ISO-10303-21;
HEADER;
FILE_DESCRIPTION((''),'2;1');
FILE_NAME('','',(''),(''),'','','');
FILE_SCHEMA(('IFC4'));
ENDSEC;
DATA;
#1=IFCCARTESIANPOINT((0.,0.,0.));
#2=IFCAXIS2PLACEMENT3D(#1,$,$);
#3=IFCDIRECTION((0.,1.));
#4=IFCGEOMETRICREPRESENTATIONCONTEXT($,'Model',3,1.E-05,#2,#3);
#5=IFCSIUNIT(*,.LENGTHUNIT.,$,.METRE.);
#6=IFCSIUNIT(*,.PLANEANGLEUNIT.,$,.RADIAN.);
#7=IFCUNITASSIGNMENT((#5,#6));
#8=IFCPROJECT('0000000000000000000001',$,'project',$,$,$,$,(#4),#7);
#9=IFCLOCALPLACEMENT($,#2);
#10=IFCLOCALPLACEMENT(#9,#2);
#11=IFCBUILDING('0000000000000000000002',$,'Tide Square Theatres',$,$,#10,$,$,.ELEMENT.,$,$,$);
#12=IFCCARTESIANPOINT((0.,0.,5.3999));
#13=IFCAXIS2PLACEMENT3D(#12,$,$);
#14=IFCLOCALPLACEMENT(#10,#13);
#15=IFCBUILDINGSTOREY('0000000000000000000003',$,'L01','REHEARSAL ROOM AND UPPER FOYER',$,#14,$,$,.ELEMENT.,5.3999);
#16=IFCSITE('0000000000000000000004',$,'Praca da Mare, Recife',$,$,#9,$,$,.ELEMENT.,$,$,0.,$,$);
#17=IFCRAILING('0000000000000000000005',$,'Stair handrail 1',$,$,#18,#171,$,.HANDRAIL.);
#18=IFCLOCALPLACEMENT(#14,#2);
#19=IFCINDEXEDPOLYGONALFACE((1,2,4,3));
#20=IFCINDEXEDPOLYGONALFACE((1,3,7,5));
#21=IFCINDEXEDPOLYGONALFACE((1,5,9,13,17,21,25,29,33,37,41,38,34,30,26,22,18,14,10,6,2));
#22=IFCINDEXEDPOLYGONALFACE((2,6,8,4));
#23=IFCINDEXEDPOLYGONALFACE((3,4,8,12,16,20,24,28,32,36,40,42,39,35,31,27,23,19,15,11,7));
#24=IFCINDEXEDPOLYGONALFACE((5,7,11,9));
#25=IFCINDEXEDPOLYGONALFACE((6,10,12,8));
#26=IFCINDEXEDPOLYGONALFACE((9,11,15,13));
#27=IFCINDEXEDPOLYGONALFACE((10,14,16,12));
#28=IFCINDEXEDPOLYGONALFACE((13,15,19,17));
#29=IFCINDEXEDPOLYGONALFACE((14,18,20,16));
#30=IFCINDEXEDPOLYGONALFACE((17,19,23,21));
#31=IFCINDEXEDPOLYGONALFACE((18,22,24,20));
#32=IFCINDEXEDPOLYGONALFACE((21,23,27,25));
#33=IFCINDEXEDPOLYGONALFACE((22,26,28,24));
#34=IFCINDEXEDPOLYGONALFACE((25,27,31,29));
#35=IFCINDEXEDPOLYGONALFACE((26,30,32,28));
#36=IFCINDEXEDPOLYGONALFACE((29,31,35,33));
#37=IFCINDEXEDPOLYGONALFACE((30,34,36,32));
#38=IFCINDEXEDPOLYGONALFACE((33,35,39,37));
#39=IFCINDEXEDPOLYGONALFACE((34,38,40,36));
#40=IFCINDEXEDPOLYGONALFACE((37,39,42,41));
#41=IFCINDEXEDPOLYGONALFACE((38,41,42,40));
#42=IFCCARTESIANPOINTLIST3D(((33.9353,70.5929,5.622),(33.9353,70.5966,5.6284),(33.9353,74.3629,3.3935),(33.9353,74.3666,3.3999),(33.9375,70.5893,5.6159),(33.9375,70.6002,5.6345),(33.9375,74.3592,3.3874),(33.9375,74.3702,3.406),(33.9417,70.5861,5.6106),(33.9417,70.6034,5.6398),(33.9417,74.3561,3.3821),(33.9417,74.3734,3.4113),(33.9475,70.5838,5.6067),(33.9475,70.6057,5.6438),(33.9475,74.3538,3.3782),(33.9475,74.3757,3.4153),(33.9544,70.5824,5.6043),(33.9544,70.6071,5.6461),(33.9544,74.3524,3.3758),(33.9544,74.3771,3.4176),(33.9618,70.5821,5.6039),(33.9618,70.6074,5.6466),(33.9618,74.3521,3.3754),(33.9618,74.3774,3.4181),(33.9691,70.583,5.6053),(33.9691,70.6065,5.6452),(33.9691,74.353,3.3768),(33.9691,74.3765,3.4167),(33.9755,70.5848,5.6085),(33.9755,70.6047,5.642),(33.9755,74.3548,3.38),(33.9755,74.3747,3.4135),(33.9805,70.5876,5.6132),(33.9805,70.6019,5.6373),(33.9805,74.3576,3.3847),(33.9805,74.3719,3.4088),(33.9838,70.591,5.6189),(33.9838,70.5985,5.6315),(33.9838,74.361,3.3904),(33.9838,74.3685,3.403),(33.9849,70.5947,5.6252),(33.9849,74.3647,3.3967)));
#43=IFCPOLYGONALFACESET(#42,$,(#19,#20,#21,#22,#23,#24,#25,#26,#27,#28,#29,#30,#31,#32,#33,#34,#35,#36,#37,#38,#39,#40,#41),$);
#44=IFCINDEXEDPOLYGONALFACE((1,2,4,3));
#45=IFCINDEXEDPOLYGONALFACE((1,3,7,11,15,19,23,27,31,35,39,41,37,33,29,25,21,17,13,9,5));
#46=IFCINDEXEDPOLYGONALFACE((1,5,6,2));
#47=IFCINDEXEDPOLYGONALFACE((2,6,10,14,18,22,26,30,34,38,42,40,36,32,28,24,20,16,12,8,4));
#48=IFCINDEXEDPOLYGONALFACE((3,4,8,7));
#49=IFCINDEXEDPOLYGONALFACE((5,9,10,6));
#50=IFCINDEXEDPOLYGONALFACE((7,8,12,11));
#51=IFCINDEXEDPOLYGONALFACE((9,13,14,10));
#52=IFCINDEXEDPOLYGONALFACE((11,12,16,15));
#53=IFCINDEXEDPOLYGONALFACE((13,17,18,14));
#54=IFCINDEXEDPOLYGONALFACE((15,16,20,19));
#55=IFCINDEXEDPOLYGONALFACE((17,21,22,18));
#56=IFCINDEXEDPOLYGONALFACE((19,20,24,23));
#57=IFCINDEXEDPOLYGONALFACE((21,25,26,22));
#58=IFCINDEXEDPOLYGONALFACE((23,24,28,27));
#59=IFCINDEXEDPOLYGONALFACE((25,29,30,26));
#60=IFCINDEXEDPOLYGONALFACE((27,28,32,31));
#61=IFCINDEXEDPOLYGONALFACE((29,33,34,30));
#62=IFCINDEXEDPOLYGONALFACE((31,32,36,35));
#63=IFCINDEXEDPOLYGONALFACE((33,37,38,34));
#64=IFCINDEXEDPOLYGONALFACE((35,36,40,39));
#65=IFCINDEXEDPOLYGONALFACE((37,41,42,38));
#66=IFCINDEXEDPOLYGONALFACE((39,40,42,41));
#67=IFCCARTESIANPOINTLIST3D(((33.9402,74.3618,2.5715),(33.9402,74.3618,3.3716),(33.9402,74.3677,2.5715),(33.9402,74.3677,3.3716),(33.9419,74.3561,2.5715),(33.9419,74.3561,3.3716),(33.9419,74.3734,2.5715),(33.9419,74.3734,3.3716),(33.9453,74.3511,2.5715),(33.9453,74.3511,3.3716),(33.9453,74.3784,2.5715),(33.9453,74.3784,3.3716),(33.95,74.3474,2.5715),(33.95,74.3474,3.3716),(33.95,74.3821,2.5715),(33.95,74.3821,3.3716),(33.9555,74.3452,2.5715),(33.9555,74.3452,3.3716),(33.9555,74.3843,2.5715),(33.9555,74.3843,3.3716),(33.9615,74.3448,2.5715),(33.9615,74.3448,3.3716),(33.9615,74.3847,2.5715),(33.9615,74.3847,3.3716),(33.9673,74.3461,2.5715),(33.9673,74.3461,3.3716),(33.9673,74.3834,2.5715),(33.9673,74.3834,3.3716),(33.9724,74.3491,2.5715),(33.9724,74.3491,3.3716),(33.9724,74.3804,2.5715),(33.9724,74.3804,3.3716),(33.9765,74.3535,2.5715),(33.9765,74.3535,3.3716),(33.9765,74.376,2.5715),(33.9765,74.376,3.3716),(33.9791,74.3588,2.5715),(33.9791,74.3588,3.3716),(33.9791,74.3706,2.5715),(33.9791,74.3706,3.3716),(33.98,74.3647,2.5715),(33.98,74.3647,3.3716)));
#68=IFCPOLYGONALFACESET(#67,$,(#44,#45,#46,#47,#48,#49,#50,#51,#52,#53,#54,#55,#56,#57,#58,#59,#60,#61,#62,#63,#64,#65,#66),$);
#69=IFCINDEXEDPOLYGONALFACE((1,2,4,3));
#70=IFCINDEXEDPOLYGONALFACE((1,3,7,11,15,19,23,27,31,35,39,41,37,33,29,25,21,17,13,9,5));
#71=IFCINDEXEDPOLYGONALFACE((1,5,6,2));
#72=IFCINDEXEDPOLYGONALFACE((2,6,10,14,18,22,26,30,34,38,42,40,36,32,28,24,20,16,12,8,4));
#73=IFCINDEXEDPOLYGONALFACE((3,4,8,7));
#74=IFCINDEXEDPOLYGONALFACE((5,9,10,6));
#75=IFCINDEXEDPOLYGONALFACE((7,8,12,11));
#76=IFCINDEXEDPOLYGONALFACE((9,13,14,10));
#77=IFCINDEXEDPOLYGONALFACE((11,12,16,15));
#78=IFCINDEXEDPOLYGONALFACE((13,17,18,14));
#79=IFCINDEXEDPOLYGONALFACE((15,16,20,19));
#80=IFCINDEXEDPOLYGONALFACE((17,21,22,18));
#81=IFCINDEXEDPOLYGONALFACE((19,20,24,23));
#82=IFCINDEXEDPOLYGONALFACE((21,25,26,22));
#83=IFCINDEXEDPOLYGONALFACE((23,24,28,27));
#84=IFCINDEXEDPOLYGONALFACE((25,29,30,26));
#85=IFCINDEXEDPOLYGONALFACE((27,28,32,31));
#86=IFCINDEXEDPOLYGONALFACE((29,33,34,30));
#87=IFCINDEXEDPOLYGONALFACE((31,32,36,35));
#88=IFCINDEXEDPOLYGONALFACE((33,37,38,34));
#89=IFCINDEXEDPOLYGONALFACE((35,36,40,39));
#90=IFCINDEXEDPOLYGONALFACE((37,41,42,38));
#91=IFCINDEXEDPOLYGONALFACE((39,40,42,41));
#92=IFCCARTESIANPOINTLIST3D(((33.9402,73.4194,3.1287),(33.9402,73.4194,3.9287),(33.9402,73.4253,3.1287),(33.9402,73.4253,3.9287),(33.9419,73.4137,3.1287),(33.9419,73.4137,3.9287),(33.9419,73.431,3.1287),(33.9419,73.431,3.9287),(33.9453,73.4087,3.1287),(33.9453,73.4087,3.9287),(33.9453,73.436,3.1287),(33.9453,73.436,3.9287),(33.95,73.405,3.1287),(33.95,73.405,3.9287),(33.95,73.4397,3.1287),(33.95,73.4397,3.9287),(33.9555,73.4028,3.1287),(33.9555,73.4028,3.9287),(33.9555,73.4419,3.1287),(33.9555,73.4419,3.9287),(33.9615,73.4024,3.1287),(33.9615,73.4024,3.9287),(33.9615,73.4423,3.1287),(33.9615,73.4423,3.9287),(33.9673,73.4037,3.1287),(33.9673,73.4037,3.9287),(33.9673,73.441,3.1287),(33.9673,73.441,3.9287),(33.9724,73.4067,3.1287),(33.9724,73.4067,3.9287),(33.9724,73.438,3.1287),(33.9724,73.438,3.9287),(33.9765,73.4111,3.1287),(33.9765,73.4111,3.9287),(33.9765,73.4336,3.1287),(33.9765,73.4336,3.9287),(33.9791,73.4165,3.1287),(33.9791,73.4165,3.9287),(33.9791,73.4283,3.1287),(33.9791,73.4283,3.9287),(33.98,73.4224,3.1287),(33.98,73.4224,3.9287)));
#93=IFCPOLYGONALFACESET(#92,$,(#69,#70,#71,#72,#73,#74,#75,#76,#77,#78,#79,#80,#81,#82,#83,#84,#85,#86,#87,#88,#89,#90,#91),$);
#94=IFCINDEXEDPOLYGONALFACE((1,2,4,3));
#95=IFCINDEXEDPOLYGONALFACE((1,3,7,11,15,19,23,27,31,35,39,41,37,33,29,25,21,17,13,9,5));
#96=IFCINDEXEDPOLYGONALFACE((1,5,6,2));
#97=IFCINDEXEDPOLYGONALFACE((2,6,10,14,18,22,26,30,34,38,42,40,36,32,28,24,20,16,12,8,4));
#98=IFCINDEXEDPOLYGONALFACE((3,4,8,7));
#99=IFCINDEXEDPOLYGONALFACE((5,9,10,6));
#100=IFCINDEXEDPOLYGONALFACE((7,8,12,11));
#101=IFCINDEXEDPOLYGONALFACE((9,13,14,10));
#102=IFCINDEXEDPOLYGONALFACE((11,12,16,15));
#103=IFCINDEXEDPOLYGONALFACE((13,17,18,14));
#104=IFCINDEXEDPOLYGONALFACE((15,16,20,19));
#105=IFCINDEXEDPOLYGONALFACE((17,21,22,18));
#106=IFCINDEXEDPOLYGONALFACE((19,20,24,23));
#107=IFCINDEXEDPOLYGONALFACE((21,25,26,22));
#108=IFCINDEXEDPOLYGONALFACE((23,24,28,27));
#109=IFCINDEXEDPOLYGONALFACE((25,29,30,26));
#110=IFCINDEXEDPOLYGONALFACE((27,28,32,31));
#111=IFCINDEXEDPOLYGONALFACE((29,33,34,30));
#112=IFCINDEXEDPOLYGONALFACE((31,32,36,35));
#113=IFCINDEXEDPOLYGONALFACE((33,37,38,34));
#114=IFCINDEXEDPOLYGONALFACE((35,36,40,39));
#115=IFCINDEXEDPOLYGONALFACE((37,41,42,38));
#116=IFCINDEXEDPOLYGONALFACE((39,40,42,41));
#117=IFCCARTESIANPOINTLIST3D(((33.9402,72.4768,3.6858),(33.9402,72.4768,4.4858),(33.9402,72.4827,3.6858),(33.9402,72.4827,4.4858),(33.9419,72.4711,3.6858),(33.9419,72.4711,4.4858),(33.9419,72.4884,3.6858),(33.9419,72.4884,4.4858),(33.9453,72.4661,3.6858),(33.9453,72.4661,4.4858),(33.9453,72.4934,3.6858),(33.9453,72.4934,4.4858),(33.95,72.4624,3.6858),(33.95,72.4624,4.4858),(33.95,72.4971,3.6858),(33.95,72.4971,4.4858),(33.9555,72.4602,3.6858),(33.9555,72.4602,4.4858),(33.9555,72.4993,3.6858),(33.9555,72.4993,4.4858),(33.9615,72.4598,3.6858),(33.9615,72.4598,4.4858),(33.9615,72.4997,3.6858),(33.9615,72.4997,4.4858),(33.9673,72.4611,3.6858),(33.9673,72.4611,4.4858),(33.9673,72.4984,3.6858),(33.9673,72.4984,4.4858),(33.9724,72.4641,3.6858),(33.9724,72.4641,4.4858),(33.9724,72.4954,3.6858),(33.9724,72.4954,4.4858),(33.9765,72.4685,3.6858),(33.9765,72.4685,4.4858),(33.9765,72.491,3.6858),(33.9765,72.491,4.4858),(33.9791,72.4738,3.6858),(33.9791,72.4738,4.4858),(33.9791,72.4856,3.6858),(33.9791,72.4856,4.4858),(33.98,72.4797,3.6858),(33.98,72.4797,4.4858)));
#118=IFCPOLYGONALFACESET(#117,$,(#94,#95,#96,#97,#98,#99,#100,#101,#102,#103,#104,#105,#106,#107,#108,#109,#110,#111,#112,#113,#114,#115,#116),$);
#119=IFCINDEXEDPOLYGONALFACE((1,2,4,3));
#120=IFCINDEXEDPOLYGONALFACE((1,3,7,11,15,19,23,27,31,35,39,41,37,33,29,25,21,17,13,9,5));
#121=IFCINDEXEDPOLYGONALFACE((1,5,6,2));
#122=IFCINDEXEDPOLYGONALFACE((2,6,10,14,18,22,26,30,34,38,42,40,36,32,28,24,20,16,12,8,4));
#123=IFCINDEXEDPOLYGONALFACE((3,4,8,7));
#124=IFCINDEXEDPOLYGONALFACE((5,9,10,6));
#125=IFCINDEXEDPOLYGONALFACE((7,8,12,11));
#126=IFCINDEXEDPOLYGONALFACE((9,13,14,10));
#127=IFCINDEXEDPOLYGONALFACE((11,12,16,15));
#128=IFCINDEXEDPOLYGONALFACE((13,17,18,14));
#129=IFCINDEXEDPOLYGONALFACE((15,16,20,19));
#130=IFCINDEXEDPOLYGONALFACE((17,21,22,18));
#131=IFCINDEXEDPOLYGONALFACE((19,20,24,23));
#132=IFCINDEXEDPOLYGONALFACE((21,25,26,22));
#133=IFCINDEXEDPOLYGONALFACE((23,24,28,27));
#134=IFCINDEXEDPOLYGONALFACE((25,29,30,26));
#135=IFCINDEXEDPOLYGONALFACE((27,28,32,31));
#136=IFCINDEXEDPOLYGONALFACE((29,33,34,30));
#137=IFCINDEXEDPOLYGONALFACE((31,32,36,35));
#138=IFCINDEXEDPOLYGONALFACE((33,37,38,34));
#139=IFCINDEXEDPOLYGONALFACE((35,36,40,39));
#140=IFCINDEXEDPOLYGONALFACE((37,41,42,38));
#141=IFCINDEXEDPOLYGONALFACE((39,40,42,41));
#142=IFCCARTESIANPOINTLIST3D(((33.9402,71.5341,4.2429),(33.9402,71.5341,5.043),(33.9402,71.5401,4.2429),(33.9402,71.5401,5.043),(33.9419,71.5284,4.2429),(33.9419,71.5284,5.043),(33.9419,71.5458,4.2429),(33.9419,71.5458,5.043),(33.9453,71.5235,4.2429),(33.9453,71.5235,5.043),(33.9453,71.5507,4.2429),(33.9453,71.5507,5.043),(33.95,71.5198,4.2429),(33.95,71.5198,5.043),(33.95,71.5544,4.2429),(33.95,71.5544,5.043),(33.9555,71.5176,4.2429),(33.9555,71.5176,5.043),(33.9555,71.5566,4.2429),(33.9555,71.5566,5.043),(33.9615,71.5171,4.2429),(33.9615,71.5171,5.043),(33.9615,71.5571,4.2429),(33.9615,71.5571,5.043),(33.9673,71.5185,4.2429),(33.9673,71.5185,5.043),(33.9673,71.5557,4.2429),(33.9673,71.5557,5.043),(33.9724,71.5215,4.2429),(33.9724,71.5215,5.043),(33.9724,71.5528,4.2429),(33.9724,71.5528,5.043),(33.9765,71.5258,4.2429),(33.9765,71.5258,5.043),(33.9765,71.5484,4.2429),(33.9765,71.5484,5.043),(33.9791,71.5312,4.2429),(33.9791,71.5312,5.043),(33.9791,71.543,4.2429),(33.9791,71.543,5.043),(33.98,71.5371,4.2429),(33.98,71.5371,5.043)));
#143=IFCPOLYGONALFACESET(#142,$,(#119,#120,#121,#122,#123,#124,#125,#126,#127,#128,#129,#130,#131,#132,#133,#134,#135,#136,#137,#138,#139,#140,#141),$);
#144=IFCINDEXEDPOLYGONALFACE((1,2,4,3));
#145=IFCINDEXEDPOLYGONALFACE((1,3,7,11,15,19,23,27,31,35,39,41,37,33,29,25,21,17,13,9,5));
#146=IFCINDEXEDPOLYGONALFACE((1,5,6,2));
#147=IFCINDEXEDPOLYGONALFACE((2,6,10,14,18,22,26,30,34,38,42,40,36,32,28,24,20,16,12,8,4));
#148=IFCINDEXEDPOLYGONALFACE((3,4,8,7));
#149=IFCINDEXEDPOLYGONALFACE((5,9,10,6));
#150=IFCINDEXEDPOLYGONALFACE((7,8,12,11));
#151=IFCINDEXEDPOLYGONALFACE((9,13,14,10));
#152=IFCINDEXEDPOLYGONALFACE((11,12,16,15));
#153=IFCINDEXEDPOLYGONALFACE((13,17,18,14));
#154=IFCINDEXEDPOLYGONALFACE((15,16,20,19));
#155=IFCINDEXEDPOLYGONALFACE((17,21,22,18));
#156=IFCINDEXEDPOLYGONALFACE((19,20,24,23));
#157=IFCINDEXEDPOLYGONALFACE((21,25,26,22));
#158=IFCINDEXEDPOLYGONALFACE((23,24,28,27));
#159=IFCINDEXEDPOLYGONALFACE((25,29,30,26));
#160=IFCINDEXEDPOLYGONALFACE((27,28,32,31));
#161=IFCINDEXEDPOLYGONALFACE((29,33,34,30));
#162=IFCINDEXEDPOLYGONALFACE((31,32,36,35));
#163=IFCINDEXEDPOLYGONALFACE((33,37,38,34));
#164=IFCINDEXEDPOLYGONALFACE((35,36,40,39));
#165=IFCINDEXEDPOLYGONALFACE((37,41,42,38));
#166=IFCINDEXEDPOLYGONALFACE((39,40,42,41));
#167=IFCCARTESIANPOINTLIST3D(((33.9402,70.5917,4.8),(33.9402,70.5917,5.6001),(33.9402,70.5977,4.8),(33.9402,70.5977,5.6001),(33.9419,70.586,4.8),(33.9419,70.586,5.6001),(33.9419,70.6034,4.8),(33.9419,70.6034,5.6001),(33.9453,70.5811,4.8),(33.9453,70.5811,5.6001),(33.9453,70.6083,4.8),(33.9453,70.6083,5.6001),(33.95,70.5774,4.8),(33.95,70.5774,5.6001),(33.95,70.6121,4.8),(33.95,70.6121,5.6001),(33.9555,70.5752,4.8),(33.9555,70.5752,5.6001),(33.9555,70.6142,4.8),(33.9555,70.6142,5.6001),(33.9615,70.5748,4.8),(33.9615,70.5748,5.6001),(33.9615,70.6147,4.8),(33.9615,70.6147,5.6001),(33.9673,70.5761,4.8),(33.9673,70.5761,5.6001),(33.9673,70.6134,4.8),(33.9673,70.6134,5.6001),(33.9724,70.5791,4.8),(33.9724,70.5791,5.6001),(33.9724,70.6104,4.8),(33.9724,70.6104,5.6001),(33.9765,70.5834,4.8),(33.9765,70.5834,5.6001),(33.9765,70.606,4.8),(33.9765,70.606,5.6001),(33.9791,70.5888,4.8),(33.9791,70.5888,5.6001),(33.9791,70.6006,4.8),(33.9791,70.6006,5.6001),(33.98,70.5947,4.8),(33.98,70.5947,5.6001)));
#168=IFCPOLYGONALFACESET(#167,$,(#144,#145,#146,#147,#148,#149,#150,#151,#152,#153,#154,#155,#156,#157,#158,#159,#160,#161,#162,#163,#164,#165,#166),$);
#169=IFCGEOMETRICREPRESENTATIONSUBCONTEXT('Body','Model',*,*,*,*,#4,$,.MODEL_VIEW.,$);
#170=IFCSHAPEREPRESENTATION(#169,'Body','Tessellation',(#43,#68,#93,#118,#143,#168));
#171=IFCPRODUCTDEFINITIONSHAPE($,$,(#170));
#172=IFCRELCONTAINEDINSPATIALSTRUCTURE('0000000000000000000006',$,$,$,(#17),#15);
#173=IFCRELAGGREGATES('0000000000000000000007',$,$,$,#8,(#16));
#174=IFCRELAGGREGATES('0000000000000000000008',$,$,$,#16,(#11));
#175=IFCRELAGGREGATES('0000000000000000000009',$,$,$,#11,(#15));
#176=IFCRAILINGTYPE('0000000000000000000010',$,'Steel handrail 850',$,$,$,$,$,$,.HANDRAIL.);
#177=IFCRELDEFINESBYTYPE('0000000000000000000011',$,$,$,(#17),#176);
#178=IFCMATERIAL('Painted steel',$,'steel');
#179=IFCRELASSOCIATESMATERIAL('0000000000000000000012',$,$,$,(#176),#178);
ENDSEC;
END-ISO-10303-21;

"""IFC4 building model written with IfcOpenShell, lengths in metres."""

from ifc_helpers import new_model, si_unit, direction, frame, origin, origin_2d, place, context, subcontext, project, spatial, circle, extrude, material, type_object, element, save


model = new_model("IFC4")

# Units and contexts
model_context = context("Model", 3, precision=1e-05, world=origin(), true_north=direction((0.0, 1.0)))
body_context = subcontext(model_context, "Body", "Model", "MODEL_VIEW")
ifc_project = project(units=[si_unit("LENGTHUNIT", "METRE"), si_unit("PLANEANGLEUNIT", "RADIAN")], contexts=[model_context])

# Site, building, storey
site_placement = place(None, origin())
site = spatial("IfcSite", under=ifc_project, at=site_placement, Name="Praca da Mare, Recife", CompositionType="ELEMENT", RefElevation=0.0)
building_placement = place(site_placement, origin())
building = spatial("IfcBuilding", under=site, at=building_placement, Name="Tide Square Theatres", CompositionType="ELEMENT")
storey_placement = place(building_placement, frame((0.0, 0.0, 5.3999)))
storey = spatial("IfcBuildingStorey", under=building, at=storey_placement, Name="L01", Description="REHEARSAL ROOM AND UPPER FOYER", CompositionType="ELEMENT", Elevation=5.3999)

# Railing
ifc_material_1 = material(Name="Painted steel", Category="steel")
railing_type = type_object("IfcRailingType", Name="Steel handrail 850", PredefinedType="HANDRAIL", material=ifc_material_1)
railing_placement = place(storey_placement, frame((33.96, 74.3647, 2.5715)))
element("IfcRailing", 1, at=railing_placement, inside=storey, type_object=railing_type, Name="Stair handrail 1", PredefinedType="HANDRAIL", context=body_context, shape_type="SweptSolid", body=[
    extrude(circle(Radius=0.0249, at=origin_2d()), frame((0.0, 0.0, 0.8252), z_axis=(0.0, -0.860849, 0.508861), x_axis=(1.0, 0.0, 0.0)), (0.0, 0.0, 1.0), 4.3794),
    extrude(circle(Radius=0.02, at=origin_2d()), origin(), (0.0, 0.0, 1.0), 0.8),
    extrude(circle(Radius=0.02, at=origin_2d()), frame((0.0, -0.9424, 0.5571)), (0.0, 0.0, 1.0), 0.8),
    extrude(circle(Radius=0.02, at=origin_2d()), frame((0.0, -1.885, 1.1143)), (0.0, 0.0, 1.0), 0.8),
    extrude(circle(Radius=0.02, at=origin_2d()), frame((0.0, -2.8276, 1.6714)), (0.0, 0.0, 1.0), 0.8),
    extrude(circle(Radius=0.02, at=origin_2d()), frame((0.0, -3.77, 2.2285)), (0.0, 0.0, 1.0), 0.8),
])

save(model, "model.ifc")
